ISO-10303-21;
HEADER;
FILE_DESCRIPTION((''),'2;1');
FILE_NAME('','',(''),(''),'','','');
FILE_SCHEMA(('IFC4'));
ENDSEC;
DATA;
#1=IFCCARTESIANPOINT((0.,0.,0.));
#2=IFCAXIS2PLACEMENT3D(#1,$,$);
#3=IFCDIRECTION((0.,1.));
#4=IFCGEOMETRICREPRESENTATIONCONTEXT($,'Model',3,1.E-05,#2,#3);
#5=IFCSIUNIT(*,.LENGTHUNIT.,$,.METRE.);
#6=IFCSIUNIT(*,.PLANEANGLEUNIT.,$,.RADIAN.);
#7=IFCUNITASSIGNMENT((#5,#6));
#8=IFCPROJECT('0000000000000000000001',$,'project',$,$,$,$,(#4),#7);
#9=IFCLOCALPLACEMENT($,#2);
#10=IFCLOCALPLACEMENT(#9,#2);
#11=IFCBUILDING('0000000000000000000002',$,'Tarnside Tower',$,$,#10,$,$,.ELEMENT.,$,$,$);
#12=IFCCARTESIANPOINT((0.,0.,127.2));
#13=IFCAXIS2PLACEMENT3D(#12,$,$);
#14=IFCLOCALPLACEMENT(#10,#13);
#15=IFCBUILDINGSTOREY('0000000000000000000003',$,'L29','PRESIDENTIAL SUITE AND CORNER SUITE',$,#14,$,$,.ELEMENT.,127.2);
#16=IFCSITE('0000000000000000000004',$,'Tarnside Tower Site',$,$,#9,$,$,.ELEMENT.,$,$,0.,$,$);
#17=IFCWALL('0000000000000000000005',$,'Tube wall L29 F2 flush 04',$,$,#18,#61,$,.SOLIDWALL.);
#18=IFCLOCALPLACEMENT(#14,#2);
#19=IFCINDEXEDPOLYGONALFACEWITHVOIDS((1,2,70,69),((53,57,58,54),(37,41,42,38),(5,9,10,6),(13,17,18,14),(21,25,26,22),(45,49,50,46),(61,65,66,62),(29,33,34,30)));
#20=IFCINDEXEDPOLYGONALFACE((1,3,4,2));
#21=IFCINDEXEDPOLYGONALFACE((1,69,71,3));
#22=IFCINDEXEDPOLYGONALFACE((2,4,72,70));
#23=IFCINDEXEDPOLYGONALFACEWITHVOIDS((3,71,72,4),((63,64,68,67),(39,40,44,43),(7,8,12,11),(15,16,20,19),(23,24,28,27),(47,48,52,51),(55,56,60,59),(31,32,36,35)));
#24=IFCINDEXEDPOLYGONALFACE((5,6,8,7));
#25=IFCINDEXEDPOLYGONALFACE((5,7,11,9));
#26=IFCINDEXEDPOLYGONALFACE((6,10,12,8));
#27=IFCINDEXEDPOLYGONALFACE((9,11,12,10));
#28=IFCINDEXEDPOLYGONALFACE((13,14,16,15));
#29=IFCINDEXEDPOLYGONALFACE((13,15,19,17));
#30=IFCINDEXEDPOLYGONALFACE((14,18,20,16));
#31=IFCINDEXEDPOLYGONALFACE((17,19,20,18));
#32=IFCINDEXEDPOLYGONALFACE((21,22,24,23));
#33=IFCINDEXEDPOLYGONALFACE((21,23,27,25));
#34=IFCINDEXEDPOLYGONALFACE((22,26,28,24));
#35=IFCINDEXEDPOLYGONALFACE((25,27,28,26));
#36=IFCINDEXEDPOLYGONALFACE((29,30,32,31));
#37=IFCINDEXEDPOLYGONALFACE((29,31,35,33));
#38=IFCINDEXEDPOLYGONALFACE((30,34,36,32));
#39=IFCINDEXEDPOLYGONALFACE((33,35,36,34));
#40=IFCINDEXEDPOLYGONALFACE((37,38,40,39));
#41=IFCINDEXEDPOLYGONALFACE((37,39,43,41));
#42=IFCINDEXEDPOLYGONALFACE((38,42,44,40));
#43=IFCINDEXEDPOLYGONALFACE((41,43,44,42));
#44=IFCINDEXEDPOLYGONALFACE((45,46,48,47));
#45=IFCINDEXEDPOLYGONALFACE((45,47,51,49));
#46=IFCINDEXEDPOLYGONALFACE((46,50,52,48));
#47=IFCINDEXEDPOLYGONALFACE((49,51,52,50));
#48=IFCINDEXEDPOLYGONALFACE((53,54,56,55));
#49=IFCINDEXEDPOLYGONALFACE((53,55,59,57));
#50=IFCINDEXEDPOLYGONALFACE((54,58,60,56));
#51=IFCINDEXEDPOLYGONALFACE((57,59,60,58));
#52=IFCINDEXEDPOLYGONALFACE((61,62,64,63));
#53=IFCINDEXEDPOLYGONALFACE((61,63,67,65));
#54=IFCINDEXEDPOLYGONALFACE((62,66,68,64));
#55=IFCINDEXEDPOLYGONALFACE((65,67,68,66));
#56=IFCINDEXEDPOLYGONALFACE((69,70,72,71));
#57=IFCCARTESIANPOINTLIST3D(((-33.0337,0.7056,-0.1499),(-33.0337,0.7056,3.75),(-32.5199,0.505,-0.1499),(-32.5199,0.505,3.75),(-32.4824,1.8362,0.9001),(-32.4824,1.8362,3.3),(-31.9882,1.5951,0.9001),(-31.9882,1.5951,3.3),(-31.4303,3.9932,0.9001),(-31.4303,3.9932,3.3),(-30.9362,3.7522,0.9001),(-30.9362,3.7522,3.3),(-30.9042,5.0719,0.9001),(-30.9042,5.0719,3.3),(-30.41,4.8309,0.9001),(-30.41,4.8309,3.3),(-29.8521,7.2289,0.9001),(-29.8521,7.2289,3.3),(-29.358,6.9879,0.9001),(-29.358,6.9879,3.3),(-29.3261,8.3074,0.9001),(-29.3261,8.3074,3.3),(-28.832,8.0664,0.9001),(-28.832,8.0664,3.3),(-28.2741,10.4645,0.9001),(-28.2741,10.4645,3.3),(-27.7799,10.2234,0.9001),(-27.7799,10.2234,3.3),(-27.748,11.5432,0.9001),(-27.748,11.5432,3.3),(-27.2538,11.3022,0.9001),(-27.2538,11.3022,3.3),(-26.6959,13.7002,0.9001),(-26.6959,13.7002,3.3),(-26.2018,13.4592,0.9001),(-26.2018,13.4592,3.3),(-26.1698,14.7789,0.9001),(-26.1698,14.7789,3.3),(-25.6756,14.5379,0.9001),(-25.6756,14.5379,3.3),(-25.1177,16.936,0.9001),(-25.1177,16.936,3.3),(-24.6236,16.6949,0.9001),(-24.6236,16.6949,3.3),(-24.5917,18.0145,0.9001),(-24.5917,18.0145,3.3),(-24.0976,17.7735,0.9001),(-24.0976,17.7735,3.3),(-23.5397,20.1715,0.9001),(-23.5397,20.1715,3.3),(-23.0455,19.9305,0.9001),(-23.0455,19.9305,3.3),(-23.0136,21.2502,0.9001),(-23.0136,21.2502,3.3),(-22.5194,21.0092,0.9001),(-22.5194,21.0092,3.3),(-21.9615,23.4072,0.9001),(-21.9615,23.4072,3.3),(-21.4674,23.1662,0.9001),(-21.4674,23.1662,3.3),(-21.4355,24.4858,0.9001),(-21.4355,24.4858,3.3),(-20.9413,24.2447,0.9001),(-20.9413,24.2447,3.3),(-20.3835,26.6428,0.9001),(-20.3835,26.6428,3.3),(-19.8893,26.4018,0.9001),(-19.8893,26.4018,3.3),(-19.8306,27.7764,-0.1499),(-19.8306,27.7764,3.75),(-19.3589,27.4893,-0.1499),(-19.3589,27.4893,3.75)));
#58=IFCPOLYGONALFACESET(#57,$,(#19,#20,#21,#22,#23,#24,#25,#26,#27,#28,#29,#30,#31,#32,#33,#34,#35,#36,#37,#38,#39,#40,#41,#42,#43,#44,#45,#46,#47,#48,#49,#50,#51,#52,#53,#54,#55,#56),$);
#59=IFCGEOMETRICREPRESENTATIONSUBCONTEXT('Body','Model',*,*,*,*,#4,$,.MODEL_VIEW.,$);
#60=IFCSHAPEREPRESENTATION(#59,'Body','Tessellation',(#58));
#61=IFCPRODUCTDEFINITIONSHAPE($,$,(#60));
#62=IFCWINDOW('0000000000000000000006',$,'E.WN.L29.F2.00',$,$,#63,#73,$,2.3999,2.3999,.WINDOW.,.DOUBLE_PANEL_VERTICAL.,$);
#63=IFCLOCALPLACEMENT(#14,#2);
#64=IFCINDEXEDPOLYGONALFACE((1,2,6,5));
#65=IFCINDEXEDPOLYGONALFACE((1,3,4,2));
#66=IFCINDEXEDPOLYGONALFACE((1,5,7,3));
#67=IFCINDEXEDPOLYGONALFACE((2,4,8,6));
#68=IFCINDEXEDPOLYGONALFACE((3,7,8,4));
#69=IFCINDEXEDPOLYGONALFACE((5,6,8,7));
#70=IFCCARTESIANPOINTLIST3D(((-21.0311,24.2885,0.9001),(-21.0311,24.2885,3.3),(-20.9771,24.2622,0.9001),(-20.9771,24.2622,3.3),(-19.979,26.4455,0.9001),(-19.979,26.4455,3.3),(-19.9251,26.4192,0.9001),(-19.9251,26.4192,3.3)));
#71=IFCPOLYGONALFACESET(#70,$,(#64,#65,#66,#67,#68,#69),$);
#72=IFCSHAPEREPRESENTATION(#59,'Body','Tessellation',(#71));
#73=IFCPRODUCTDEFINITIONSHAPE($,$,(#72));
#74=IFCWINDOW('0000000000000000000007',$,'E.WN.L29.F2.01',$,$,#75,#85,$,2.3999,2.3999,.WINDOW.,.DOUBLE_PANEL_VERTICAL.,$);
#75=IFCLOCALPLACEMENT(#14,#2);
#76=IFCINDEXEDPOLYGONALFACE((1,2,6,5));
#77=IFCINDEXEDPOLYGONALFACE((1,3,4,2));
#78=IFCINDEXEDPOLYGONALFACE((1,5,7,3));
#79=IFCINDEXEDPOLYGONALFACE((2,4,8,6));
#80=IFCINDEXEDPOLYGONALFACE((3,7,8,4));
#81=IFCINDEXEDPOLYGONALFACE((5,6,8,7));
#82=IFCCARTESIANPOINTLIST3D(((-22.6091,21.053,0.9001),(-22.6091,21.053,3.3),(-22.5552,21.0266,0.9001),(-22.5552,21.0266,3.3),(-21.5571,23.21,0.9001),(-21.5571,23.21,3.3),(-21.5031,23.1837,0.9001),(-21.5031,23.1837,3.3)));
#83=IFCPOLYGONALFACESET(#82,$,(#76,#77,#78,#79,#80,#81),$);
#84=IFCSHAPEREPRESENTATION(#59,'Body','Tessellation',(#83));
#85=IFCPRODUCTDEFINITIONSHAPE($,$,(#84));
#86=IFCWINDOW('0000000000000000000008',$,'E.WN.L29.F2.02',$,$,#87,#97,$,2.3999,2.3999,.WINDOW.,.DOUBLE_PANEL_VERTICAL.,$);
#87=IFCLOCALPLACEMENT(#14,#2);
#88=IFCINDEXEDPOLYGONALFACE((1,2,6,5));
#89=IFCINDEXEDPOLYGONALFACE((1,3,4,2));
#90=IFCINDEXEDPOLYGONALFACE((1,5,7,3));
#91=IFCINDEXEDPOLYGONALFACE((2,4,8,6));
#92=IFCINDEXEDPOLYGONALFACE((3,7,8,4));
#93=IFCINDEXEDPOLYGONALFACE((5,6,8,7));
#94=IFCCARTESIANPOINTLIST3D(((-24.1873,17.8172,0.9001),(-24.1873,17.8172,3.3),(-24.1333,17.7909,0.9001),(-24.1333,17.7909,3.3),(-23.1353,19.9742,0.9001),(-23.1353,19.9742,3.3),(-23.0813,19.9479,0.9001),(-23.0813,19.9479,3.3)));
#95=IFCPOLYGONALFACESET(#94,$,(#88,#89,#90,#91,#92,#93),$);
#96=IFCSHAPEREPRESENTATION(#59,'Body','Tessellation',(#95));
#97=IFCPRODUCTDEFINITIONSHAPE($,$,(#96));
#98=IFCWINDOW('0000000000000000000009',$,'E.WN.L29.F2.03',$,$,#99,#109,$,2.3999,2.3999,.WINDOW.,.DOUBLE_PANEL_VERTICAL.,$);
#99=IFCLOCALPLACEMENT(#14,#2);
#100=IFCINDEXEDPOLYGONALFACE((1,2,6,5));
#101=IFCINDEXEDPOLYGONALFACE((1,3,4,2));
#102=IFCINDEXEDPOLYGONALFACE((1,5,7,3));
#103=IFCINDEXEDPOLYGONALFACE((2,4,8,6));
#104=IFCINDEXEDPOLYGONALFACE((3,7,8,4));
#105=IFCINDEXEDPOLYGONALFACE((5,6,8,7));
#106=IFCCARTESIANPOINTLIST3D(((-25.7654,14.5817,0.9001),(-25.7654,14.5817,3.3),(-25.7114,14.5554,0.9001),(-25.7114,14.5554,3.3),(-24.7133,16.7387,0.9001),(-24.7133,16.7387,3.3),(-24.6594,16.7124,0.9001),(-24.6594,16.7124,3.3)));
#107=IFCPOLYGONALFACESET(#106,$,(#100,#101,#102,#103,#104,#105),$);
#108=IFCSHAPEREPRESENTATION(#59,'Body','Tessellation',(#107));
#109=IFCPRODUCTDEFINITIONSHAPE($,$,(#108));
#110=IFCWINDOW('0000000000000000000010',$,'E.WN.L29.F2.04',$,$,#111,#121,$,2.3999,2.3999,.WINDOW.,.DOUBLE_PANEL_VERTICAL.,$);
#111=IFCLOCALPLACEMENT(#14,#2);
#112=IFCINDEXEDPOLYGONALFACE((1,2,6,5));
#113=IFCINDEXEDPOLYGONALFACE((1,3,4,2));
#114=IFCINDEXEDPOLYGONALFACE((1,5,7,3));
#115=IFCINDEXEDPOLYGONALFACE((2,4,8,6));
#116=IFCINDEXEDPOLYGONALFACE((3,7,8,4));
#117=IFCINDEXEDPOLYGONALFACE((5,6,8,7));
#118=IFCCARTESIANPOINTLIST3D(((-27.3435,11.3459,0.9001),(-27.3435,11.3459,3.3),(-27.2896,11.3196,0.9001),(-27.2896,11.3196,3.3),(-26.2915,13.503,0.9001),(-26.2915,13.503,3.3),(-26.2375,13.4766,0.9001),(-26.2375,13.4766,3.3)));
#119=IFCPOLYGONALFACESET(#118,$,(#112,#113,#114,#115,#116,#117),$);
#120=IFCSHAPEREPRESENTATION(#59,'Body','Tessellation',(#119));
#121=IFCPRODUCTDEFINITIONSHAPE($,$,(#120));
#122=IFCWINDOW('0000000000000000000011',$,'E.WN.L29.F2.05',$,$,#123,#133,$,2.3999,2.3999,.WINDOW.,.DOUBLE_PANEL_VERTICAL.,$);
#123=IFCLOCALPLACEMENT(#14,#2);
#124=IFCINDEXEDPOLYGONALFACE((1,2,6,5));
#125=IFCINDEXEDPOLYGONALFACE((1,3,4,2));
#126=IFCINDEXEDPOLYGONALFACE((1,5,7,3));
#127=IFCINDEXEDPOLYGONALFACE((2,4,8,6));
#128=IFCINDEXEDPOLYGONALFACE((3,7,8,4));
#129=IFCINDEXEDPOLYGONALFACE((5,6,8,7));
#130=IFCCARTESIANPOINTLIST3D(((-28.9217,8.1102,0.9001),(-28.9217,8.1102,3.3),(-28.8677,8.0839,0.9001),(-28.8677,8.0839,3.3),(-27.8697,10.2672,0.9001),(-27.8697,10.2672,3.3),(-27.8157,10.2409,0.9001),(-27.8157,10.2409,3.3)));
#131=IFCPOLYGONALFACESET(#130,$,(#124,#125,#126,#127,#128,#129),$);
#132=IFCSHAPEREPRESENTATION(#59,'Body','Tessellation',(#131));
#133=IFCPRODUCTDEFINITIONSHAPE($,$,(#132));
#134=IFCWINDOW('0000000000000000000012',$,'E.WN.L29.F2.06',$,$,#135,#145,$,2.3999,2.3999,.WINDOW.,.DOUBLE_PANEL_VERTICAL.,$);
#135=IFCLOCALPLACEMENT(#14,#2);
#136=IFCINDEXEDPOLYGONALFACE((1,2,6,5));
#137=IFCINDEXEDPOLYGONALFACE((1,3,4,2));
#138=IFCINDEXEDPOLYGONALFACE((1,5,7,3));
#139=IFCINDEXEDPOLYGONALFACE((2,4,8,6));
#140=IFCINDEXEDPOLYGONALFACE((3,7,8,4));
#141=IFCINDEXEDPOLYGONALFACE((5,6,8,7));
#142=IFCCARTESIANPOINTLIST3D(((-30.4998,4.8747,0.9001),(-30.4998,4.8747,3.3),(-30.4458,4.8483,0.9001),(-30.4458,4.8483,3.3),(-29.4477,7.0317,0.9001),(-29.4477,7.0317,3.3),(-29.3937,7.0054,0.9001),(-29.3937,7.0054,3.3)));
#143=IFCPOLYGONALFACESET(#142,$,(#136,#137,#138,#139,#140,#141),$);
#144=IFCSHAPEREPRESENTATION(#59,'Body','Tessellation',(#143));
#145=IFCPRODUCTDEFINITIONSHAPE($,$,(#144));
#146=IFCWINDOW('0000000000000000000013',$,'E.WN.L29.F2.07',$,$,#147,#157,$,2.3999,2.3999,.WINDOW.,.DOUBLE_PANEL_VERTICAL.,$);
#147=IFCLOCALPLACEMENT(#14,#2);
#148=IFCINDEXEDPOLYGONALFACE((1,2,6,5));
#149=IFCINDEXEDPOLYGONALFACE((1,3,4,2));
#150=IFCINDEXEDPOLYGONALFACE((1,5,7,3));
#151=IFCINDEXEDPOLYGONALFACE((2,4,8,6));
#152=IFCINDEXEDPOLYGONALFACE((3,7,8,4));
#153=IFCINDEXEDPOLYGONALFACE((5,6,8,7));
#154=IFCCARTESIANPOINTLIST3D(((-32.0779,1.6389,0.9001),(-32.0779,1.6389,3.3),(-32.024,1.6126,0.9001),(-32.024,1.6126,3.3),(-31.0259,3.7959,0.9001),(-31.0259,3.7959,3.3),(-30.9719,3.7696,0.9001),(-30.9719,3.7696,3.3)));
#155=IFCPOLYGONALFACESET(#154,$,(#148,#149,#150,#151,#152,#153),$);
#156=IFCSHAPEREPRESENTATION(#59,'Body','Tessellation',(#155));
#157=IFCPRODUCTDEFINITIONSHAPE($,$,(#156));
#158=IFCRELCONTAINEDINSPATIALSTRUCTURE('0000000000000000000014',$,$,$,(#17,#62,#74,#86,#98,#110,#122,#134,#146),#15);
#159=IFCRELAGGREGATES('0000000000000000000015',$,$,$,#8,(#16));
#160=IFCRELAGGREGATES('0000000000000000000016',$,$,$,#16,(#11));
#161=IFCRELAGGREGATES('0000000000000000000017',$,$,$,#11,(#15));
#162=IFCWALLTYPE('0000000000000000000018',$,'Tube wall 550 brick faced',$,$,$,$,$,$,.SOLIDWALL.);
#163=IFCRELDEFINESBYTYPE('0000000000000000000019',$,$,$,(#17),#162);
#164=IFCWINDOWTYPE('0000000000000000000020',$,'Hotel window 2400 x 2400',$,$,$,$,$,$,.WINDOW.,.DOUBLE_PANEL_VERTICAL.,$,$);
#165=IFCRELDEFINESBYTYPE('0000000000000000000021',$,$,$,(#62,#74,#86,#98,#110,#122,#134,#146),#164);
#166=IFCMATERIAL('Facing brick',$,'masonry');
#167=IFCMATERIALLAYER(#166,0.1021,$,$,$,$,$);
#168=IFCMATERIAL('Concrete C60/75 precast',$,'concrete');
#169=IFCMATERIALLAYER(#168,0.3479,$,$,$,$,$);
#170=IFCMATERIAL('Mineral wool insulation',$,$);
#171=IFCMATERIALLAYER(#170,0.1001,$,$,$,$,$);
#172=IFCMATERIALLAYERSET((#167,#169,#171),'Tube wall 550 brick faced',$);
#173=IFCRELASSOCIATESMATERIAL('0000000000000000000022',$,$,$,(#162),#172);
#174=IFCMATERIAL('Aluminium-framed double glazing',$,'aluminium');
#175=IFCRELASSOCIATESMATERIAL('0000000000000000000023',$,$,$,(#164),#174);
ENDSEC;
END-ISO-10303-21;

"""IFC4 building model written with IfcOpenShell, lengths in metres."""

from ifc_helpers import new_model, si_unit, direction, frame, frame_2d, origin, place, context, subcontext, project, spatial, polyline, rectangle, outline, extrude, material, layer, layer_set, type_object, element, fill, save


model = new_model("IFC4")

# Units and contexts
model_context = context("Model", 3, precision=1e-05, world=origin(), true_north=direction((0.0, 1.0)))
body_context = subcontext(model_context, "Body", "Model", "MODEL_VIEW")
ifc_project = project(units=[si_unit("LENGTHUNIT", "METRE"), si_unit("PLANEANGLEUNIT", "RADIAN")], contexts=[model_context])

# Site, building, storey
site_placement = place(None, origin())
site = spatial("IfcSite", under=ifc_project, at=site_placement, Name="Tarnside Tower Site", CompositionType="ELEMENT", RefElevation=0.0)
building_placement = place(site_placement, origin())
building = spatial("IfcBuilding", under=site, at=building_placement, Name="Tarnside Tower", CompositionType="ELEMENT")
storey_placement = place(building_placement, frame((0.0, 0.0, 127.2)))
storey = spatial("IfcBuildingStorey", under=building, at=storey_placement, Name="L29", Description="PRESIDENTIAL SUITE AND CORNER SUITE", CompositionType="ELEMENT", Elevation=127.2)

# Shared definitions
ifc_material_1 = material(Name="Facing brick", Category="masonry")
ifc_layer_1 = layer(ifc_material_1, 0.1021)
ifc_material_2 = material(Name="Concrete C60/75 precast", Category="concrete")
ifc_layer_2 = layer(ifc_material_2, 0.3479)
ifc_material_3 = material(Name="Mineral wool insulation")
ifc_layer_3 = layer(ifc_material_3, 0.1001)
ifc_layer_set_1 = layer_set([ifc_layer_1, ifc_layer_2, ifc_layer_3], Name="Tube wall 550 brick faced")
wall_type_1 = type_object("IfcWallType", Name="Tube wall 550 brick faced", PredefinedType="SOLIDWALL", material=ifc_layer_set_1)

# Wall, openings, windows
wall_1_placement = place(storey_placement, frame((-19.5947, 27.6328, -0.1499), z_axis=(0.0, 0.0, 1.0), x_axis=(-0.438368, -0.898795, 0.0)))
wall_1 = element("IfcWall", 1, at=wall_1_placement, inside=storey, type_object=wall_type_1, Name="Tube wall L29 F2 flush 04", PredefinedType="SOLIDWALL", context=body_context, shape_type="SweptSolid", body=[
    extrude(outline(polyline([(-0.0256, -0.2749), (30.0933, -0.2749), (30.0483, 0.2749), (0.0256, 0.2749), (-0.0256, -0.2749)])), origin(), (0.0, 0.0, 1.0), 3.8999),
])
opening_1_placement = place(wall_1_placement, frame((1.2356, 0.0, 1.05)))
opening_1 = element("IfcOpeningElement", 2, at=opening_1_placement, cuts=wall_1, PredefinedType="OPENING", context=body_context, shape_type="SweptSolid", body=[
    extrude(rectangle(XDim=2.3999, YDim=2.3999, at=frame_2d((1.2, 1.2))), frame((0.0, 0.2852, 0.0), z_axis=(0.0, -1.0, 0.0), x_axis=(1.0, 0.0, 0.0)), (0.0, 0.0, 1.0), 0.5701),
])
opening_2_placement = place(wall_1_placement, frame((4.8354, 0.0, 1.05)))
opening_2 = element("IfcOpeningElement", 3, at=opening_2_placement, cuts=wall_1, PredefinedType="OPENING", context=body_context, shape_type="SweptSolid", body=[
    extrude(rectangle(XDim=2.3999, YDim=2.3999, at=frame_2d((1.2, 1.2))), frame((0.0, 0.2852, 0.0), z_axis=(0.0, -1.0, 0.0), x_axis=(1.0, 0.0, 0.0)), (0.0, 0.0, 1.0), 0.5701),
])
opening_3_placement = place(wall_1_placement, frame((8.4355, 0.0, 1.05)))
opening_3 = element("IfcOpeningElement", 4, at=opening_3_placement, cuts=wall_1, PredefinedType="OPENING", context=body_context, shape_type="SweptSolid", body=[
    extrude(rectangle(XDim=2.3999, YDim=2.3999, at=frame_2d((1.2, 1.2))), frame((0.0, 0.2852, 0.0), z_axis=(0.0, -1.0, 0.0), x_axis=(1.0, 0.0, 0.0)), (0.0, 0.0, 1.0), 0.5701),
])
opening_4_placement = place(wall_1_placement, frame((12.0354, 0.0, 1.05)))
opening_4 = element("IfcOpeningElement", 5, at=opening_4_placement, cuts=wall_1, PredefinedType="OPENING", context=body_context, shape_type="SweptSolid", body=[
    extrude(rectangle(XDim=2.3999, YDim=2.3999, at=frame_2d((1.2, 1.2))), frame((0.0, 0.2852, 0.0), z_axis=(0.0, -1.0, 0.0), x_axis=(1.0, 0.0, 0.0)), (0.0, 0.0, 1.0), 0.5701),
])
opening_5_placement = place(wall_1_placement, frame((15.6355, 0.0, 1.05)))
opening_5 = element("IfcOpeningElement", 6, at=opening_5_placement, cuts=wall_1, PredefinedType="OPENING", context=body_context, shape_type="SweptSolid", body=[
    extrude(rectangle(XDim=2.3999, YDim=2.3999, at=frame_2d((1.2, 1.2))), frame((0.0, 0.2852, 0.0), z_axis=(0.0, -1.0, 0.0), x_axis=(1.0, 0.0, 0.0)), (0.0, 0.0, 1.0), 0.5701),
])
opening_6_placement = place(wall_1_placement, frame((19.2356, 0.0, 1.05)))
opening_6 = element("IfcOpeningElement", 7, at=opening_6_placement, cuts=wall_1, PredefinedType="OPENING", context=body_context, shape_type="SweptSolid", body=[
    extrude(rectangle(XDim=2.3999, YDim=2.3999, at=frame_2d((1.2, 1.2))), frame((0.0, 0.2852, 0.0), z_axis=(0.0, -1.0, 0.0), x_axis=(1.0, 0.0, 0.0)), (0.0, 0.0, 1.0), 0.5701),
])
opening_7_placement = place(wall_1_placement, frame((22.8354, 0.0, 1.05)))
opening_7 = element("IfcOpeningElement", 8, at=opening_7_placement, cuts=wall_1, PredefinedType="OPENING", context=body_context, shape_type="SweptSolid", body=[
    extrude(rectangle(XDim=2.3999, YDim=2.3999, at=frame_2d((1.2, 1.2))), frame((0.0, 0.2852, 0.0), z_axis=(0.0, -1.0, 0.0), x_axis=(1.0, 0.0, 0.0)), (0.0, 0.0, 1.0), 0.5701),
])
opening_8_placement = place(wall_1_placement, frame((26.4355, 0.0, 1.05)))
opening_8 = element("IfcOpeningElement", 9, at=opening_8_placement, cuts=wall_1, PredefinedType="OPENING", context=body_context, shape_type="SweptSolid", body=[
    extrude(rectangle(XDim=2.3999, YDim=2.3999, at=frame_2d((1.2, 1.2))), frame((0.0, 0.2852, 0.0), z_axis=(0.0, -1.0, 0.0), x_axis=(1.0, 0.0, 0.0)), (0.0, 0.0, 1.0), 0.5701),
])
ifc_material_4 = material(Name="Aluminium-framed double glazing", Category="aluminium")
window_type = type_object("IfcWindowType", Name="Hotel window 2400 x 2400", PartitioningType="DOUBLE_PANEL_VERTICAL", PredefinedType="WINDOW", material=ifc_material_4)
window_1_placement = place(opening_1_placement, frame((0.0, 0.2051, 0.0)))
window_1 = element("IfcWindow", 10, at=window_1_placement, inside=storey, type_object=window_type, Name="E.WN.L29.F2.00", OverallHeight=2.3999, OverallWidth=2.3999, PartitioningType="DOUBLE_PANEL_VERTICAL", PredefinedType="WINDOW", context=body_context, shape_type="SweptSolid", body=[
    extrude(rectangle(XDim=2.3999, YDim=2.3999, at=frame_2d((1.2, 1.2))), frame((0.0, 0.03, 0.0), z_axis=(0.0, -1.0, 0.0), x_axis=(1.0, 0.0, 0.0)), (0.0, 0.0, 1.0), 0.0601),
])
fill(opening_1, window_1)
window_2_placement = place(opening_2_placement, frame((0.0, 0.2051, 0.0)))
window_2 = element("IfcWindow", 11, at=window_2_placement, inside=storey, type_object=window_type, Name="E.WN.L29.F2.01", OverallHeight=2.3999, OverallWidth=2.3999, PartitioningType="DOUBLE_PANEL_VERTICAL", PredefinedType="WINDOW", context=body_context, shape_type="SweptSolid", body=[
    extrude(rectangle(XDim=2.3999, YDim=2.3999, at=frame_2d((1.2, 1.2))), frame((0.0, 0.03, 0.0), z_axis=(0.0, -1.0, 0.0), x_axis=(1.0, 0.0, 0.0)), (0.0, 0.0, 1.0), 0.0601),
])
fill(opening_2, window_2)
window_3_placement = place(opening_3_placement, frame((0.0, 0.2051, 0.0)))
window_3 = element("IfcWindow", 12, at=window_3_placement, inside=storey, type_object=window_type, Name="E.WN.L29.F2.02", OverallHeight=2.3999, OverallWidth=2.3999, PartitioningType="DOUBLE_PANEL_VERTICAL", PredefinedType="WINDOW", context=body_context, shape_type="SweptSolid", body=[
    extrude(rectangle(XDim=2.3999, YDim=2.3999, at=frame_2d((1.2, 1.2))), frame((0.0, 0.03, 0.0), z_axis=(0.0, -1.0, 0.0), x_axis=(1.0, 0.0, 0.0)), (0.0, 0.0, 1.0), 0.0601),
])
fill(opening_3, window_3)
window_4_placement = place(opening_4_placement, frame((0.0, 0.2051, 0.0)))
window_4 = element("IfcWindow", 13, at=window_4_placement, inside=storey, type_object=window_type, Name="E.WN.L29.F2.03", OverallHeight=2.3999, OverallWidth=2.3999, PartitioningType="DOUBLE_PANEL_VERTICAL", PredefinedType="WINDOW", context=body_context, shape_type="SweptSolid", body=[
    extrude(rectangle(XDim=2.3999, YDim=2.3999, at=frame_2d((1.2, 1.2))), frame((0.0, 0.03, 0.0), z_axis=(0.0, -1.0, 0.0), x_axis=(1.0, 0.0, 0.0)), (0.0, 0.0, 1.0), 0.0601),
])
fill(opening_4, window_4)
window_5_placement = place(opening_5_placement, frame((0.0, 0.2051, 0.0)))
window_5 = element("IfcWindow", 14, at=window_5_placement, inside=storey, type_object=window_type, Name="E.WN.L29.F2.04", OverallHeight=2.3999, OverallWidth=2.3999, PartitioningType="DOUBLE_PANEL_VERTICAL", PredefinedType="WINDOW", context=body_context, shape_type="SweptSolid", body=[
    extrude(rectangle(XDim=2.3999, YDim=2.3999, at=frame_2d((1.2, 1.2))), frame((0.0, 0.03, 0.0), z_axis=(0.0, -1.0, 0.0), x_axis=(1.0, 0.0, 0.0)), (0.0, 0.0, 1.0), 0.0601),
])
fill(opening_5, window_5)
window_6_placement = place(opening_6_placement, frame((0.0, 0.2051, 0.0)))
window_6 = element("IfcWindow", 15, at=window_6_placement, inside=storey, type_object=window_type, Name="E.WN.L29.F2.05", OverallHeight=2.3999, OverallWidth=2.3999, PartitioningType="DOUBLE_PANEL_VERTICAL", PredefinedType="WINDOW", context=body_context, shape_type="SweptSolid", body=[
    extrude(rectangle(XDim=2.3999, YDim=2.3999, at=frame_2d((1.2, 1.2))), frame((0.0, 0.03, 0.0), z_axis=(0.0, -1.0, 0.0), x_axis=(1.0, 0.0, 0.0)), (0.0, 0.0, 1.0), 0.0601),
])
fill(opening_6, window_6)
window_7_placement = place(opening_7_placement, frame((0.0, 0.2051, 0.0)))
window_7 = element("IfcWindow", 16, at=window_7_placement, inside=storey, type_object=window_type, Name="E.WN.L29.F2.06", OverallHeight=2.3999, OverallWidth=2.3999, PartitioningType="DOUBLE_PANEL_VERTICAL", PredefinedType="WINDOW", context=body_context, shape_type="SweptSolid", body=[
    extrude(rectangle(XDim=2.3999, YDim=2.3999, at=frame_2d((1.2, 1.2))), frame((0.0, 0.03, 0.0), z_axis=(0.0, -1.0, 0.0), x_axis=(1.0, 0.0, 0.0)), (0.0, 0.0, 1.0), 0.0601),
])
fill(opening_7, window_7)
window_8_placement = place(opening_8_placement, frame((0.0, 0.2051, 0.0)))
window_8 = element("IfcWindow", 17, at=window_8_placement, inside=storey, type_object=window_type, Name="E.WN.L29.F2.07", OverallHeight=2.3999, OverallWidth=2.3999, PartitioningType="DOUBLE_PANEL_VERTICAL", PredefinedType="WINDOW", context=body_context, shape_type="SweptSolid", body=[
    extrude(rectangle(XDim=2.3999, YDim=2.3999, at=frame_2d((1.2, 1.2))), frame((0.0, 0.03, 0.0), z_axis=(0.0, -1.0, 0.0), x_axis=(1.0, 0.0, 0.0)), (0.0, 0.0, 1.0), 0.0601),
])
fill(opening_8, window_8)

save(model, "model.ifc")
